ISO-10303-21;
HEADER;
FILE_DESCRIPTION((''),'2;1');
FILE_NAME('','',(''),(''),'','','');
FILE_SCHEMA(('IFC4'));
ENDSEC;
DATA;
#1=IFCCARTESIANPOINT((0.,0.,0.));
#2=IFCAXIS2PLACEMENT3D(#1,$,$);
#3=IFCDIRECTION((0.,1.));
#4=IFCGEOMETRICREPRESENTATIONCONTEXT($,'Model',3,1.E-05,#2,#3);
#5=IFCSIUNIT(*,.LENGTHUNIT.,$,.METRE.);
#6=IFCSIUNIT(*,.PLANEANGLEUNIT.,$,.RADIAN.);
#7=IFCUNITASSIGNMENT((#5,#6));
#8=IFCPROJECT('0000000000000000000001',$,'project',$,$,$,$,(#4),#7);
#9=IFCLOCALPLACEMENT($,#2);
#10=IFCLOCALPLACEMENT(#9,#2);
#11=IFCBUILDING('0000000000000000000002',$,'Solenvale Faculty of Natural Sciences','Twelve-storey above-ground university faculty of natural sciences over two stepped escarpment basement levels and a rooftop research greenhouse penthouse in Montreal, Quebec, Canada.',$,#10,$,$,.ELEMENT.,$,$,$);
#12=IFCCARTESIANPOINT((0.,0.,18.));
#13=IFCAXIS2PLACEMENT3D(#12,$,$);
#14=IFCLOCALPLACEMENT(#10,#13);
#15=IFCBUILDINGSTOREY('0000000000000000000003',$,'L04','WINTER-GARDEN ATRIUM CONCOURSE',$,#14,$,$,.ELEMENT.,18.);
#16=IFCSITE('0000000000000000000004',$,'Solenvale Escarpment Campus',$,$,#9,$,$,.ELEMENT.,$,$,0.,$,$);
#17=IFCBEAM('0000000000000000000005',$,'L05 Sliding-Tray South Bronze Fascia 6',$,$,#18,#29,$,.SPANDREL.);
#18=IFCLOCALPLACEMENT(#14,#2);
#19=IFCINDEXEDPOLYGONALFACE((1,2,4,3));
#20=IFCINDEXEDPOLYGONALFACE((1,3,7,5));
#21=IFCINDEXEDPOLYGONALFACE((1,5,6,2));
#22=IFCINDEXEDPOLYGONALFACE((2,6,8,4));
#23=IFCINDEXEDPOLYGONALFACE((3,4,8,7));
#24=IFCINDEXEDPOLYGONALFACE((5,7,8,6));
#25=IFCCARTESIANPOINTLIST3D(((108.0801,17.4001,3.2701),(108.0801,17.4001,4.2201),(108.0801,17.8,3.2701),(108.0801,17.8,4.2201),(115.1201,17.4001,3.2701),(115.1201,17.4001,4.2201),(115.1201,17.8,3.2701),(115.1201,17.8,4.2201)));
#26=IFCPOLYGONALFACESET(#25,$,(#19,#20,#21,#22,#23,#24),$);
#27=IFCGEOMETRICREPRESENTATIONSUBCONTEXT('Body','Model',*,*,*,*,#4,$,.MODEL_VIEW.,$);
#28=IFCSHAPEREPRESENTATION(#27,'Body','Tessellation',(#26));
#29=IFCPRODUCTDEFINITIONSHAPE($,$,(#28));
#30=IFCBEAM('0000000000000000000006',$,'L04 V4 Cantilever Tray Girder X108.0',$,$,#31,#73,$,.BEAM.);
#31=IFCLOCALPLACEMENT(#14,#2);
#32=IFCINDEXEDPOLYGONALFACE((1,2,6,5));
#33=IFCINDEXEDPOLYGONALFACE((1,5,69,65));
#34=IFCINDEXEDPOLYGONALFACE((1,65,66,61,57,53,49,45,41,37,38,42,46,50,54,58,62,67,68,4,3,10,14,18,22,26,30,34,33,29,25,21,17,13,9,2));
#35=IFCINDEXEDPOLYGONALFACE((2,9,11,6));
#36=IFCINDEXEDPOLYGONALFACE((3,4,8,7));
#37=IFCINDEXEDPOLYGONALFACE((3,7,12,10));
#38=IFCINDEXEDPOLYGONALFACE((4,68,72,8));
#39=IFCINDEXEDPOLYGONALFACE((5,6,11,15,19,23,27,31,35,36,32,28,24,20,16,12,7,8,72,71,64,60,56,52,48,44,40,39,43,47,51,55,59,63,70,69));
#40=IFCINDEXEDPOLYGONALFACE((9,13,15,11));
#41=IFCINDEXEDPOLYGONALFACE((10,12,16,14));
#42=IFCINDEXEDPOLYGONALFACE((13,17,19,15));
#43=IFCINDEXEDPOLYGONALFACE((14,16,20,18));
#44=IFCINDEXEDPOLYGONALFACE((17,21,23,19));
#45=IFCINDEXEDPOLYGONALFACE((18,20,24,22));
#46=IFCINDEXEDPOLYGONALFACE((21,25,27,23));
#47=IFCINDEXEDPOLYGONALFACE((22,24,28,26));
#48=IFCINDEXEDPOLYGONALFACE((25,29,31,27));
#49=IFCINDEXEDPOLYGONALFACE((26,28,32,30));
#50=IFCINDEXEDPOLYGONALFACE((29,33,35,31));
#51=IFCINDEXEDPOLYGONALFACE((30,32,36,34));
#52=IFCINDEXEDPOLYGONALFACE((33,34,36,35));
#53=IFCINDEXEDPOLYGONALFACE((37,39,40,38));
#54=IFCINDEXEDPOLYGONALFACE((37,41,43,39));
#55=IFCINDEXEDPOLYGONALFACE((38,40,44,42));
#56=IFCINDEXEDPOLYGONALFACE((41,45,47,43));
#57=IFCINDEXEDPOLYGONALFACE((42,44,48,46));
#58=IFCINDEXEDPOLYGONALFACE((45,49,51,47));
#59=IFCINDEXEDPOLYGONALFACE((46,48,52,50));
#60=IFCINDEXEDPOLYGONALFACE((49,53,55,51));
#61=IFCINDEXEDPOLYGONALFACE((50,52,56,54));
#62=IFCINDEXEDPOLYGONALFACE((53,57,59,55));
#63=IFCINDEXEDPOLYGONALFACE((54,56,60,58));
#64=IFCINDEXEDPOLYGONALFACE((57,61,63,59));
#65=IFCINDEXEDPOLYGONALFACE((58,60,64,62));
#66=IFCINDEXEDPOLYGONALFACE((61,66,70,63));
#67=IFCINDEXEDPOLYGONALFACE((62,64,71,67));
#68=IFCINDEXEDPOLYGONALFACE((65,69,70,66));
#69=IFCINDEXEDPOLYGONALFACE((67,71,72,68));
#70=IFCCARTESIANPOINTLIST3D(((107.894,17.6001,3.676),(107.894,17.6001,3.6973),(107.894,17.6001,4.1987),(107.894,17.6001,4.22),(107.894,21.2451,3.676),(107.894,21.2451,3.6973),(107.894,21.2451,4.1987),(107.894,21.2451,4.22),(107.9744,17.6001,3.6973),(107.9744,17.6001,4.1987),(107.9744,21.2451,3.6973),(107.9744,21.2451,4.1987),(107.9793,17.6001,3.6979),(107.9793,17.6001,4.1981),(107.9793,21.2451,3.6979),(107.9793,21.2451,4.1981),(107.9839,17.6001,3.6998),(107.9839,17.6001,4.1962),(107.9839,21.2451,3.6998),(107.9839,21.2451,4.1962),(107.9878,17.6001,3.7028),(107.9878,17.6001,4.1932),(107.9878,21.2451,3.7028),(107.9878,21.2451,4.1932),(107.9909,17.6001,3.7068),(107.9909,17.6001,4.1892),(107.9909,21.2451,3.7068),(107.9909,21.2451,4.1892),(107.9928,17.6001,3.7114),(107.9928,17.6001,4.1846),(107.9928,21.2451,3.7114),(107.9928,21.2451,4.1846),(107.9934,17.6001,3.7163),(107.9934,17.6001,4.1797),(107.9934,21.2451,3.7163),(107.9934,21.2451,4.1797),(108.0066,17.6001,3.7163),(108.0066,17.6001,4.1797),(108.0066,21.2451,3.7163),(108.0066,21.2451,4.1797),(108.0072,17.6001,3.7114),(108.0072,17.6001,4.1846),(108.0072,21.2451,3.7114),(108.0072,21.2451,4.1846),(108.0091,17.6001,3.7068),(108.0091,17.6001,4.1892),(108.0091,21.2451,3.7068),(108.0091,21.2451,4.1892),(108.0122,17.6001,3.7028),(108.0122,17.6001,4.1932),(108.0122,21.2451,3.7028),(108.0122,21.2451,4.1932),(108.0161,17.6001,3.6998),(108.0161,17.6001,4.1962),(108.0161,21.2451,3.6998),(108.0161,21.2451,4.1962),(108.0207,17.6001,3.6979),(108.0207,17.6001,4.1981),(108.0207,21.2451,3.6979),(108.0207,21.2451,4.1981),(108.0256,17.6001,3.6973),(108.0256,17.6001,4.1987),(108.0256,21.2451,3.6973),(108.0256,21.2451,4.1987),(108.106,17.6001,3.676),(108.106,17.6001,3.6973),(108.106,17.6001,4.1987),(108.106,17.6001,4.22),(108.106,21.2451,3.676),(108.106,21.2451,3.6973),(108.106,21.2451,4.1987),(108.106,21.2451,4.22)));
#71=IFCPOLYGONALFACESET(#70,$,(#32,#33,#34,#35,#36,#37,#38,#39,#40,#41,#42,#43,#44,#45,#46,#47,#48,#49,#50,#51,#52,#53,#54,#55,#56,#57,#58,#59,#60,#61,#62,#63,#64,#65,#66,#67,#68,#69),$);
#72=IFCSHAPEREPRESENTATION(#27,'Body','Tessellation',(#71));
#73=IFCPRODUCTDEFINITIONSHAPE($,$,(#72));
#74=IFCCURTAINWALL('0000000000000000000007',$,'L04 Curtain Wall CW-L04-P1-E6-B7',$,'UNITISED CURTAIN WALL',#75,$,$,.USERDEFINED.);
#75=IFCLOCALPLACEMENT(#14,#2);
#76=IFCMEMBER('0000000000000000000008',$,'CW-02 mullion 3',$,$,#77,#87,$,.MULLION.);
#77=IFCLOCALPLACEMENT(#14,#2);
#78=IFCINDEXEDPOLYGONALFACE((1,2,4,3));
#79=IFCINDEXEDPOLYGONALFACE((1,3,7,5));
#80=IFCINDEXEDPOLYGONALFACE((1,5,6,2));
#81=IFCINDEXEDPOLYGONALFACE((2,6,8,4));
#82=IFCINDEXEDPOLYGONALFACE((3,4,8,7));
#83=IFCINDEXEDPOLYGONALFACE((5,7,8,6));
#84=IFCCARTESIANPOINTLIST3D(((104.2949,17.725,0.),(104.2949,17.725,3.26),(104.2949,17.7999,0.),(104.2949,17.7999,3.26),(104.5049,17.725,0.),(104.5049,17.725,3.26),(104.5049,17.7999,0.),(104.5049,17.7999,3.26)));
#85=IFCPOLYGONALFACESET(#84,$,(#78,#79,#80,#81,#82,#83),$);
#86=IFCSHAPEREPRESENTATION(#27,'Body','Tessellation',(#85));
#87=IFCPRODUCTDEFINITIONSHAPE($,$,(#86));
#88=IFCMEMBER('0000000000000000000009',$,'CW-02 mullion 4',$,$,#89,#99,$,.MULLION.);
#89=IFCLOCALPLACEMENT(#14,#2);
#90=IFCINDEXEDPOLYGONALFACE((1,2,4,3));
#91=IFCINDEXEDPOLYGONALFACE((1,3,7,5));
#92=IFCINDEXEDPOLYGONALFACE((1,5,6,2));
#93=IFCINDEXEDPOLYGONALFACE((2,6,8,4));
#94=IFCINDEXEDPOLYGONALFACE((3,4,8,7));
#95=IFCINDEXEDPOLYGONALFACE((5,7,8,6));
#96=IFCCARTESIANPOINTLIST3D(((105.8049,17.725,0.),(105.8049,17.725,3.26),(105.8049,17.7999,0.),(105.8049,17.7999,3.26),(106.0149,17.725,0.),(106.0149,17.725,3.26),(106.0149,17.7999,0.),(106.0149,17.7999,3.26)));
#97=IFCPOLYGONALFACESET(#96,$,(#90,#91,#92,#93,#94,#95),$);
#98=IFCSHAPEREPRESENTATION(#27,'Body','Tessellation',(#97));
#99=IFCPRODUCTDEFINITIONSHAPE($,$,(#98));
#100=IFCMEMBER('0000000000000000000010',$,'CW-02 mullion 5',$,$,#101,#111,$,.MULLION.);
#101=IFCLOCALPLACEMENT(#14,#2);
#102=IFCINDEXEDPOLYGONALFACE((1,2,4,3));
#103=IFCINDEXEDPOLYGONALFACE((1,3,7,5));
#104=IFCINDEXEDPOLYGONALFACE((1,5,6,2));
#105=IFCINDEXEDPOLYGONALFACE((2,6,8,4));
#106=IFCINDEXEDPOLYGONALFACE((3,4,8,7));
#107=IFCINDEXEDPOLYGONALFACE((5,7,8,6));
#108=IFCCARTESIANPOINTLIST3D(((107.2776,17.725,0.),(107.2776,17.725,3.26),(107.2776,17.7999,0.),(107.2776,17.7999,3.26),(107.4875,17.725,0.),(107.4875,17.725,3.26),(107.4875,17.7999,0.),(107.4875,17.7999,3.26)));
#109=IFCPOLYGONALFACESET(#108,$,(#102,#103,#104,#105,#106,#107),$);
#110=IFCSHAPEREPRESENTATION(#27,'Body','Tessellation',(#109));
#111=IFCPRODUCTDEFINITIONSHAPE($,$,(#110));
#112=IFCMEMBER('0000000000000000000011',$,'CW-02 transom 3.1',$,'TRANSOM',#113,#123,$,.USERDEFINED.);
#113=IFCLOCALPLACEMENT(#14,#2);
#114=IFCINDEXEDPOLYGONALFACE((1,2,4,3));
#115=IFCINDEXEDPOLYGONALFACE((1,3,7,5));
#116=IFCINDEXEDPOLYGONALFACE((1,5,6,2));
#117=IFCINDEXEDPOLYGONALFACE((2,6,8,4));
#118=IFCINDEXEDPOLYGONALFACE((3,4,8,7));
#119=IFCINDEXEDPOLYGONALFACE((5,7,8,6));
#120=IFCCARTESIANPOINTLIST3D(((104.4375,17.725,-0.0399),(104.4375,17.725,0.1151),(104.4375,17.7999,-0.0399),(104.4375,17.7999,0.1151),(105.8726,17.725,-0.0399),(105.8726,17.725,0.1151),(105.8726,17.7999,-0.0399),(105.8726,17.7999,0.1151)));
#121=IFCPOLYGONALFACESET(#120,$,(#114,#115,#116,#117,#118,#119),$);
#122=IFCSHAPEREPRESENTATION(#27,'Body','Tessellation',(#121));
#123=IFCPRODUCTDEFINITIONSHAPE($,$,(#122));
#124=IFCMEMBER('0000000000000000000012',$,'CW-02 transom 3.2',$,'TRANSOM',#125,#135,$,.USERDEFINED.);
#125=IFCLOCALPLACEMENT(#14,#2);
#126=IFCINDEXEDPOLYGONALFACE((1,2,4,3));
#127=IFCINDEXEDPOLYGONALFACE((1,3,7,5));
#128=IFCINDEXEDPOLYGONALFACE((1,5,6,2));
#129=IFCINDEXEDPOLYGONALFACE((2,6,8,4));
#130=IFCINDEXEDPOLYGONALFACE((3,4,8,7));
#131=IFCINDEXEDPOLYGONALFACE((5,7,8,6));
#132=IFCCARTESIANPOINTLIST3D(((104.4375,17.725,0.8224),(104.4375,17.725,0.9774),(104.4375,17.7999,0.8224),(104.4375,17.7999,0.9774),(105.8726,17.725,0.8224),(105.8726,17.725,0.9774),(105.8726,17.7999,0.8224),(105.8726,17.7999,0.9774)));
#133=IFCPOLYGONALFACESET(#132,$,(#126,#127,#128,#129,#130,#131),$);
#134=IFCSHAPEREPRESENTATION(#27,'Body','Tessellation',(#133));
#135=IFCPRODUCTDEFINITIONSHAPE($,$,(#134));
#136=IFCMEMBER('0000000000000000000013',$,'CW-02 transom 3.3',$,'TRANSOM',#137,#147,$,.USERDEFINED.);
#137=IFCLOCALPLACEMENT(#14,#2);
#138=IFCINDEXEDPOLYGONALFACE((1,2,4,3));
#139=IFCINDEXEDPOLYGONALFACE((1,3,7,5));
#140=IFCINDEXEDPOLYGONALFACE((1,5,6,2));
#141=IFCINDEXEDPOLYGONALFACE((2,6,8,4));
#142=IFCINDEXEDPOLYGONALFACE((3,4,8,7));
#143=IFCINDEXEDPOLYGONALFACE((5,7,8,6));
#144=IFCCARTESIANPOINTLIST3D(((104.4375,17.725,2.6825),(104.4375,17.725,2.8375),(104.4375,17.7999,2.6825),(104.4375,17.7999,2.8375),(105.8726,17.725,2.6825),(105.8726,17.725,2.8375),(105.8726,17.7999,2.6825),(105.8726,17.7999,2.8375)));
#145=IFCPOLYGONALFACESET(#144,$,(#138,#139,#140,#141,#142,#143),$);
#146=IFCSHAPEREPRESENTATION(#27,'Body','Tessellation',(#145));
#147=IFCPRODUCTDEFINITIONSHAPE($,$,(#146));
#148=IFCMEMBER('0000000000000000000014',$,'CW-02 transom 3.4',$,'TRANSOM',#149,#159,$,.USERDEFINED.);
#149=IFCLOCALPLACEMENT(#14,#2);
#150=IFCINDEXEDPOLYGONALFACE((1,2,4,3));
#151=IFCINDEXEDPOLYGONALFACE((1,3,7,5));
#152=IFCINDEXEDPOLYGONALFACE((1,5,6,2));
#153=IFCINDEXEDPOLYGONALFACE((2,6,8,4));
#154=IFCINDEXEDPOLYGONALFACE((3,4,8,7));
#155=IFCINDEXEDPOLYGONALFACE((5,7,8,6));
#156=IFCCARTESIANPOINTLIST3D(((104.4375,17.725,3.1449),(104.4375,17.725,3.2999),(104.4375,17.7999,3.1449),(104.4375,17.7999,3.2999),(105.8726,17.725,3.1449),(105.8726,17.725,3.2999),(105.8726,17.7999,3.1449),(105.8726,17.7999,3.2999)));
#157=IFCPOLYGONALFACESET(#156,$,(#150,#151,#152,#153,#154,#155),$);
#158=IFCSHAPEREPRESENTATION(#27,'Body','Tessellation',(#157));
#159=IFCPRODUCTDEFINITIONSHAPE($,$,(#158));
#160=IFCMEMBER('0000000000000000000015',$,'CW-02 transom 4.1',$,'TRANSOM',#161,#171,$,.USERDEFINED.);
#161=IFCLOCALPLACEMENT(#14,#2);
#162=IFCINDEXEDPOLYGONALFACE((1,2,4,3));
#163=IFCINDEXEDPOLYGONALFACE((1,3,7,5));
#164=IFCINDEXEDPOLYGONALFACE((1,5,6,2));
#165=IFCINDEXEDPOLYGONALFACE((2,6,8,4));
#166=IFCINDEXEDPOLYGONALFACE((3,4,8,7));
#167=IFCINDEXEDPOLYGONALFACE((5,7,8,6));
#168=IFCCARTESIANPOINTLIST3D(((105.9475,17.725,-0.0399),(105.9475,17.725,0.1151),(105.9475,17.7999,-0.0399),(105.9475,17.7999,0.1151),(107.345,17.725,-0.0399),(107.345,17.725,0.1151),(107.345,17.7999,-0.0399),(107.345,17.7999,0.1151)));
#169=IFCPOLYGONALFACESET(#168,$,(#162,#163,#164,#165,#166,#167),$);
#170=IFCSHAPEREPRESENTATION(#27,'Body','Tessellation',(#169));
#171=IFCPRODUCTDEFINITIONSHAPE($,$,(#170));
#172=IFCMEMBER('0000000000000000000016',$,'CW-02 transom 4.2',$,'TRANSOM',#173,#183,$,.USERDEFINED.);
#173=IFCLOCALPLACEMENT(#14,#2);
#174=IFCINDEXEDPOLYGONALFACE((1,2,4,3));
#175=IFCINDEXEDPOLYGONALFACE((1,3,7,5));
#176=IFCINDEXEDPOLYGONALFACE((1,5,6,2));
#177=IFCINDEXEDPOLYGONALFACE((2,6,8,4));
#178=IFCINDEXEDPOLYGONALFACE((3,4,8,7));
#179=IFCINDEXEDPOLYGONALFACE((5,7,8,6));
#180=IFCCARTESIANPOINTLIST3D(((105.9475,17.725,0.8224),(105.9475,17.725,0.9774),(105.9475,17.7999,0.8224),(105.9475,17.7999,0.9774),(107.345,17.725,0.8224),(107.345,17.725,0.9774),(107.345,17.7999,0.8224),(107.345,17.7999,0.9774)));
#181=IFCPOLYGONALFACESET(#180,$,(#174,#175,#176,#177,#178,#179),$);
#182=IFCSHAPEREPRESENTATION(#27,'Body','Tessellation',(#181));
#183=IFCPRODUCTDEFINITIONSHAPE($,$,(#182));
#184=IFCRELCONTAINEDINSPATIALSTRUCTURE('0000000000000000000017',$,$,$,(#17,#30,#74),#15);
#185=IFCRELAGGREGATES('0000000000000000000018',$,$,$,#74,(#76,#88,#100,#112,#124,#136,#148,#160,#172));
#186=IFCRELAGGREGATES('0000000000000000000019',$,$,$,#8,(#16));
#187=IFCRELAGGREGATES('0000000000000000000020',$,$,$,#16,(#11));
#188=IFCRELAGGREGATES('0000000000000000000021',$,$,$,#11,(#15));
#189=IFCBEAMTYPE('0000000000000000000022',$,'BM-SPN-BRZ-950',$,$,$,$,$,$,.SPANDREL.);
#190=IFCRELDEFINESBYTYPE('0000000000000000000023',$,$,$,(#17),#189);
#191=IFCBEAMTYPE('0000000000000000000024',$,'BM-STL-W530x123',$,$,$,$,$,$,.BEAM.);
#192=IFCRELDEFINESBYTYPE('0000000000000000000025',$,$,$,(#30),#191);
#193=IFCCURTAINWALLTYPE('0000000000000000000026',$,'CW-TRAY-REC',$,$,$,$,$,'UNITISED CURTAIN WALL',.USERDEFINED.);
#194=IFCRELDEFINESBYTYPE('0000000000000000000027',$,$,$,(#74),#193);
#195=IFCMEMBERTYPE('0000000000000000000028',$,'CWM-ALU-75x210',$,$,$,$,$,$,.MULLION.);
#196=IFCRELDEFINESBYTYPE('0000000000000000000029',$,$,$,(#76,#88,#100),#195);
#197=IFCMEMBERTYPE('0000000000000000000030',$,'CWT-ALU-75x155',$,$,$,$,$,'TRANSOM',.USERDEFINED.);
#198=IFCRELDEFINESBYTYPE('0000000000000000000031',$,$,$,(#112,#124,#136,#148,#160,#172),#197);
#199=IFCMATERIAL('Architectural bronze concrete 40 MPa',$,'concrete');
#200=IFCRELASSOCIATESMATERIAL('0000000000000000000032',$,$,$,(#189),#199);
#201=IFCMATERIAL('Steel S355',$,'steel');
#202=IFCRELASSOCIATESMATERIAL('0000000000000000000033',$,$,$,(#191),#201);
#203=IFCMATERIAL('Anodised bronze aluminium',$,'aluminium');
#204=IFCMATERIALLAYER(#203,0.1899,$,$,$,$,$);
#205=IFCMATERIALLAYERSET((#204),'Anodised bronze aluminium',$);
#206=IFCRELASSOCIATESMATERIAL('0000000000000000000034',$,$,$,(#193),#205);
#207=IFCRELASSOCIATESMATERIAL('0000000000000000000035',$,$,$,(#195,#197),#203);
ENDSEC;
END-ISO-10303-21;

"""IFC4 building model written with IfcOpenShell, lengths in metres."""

from ifc_helpers import new_model, si_unit, direction, frame, origin, origin_2d, place, context, subcontext, project, spatial, rectangle, i_section, extrude, material, layer, layer_set, material_profile, profile_set, type_object, element, aggregate, save


model = new_model("IFC4")

# Units and contexts
model_context = context("Model", 3, precision=1e-05, world=origin(), true_north=direction((0.0, 1.0)))
body_context = subcontext(model_context, "Body", "Model", "MODEL_VIEW")
ifc_project = project(units=[si_unit("LENGTHUNIT", "METRE"), si_unit("PLANEANGLEUNIT", "RADIAN")], contexts=[model_context])

# Site, building, storey
site_placement = place(None, origin())
site = spatial("IfcSite", under=ifc_project, at=site_placement, Name="Solenvale Escarpment Campus", CompositionType="ELEMENT", RefElevation=0.0)
building_placement = place(site_placement, origin())
building = spatial("IfcBuilding", under=site, at=building_placement, Name="Solenvale Faculty of Natural Sciences", Description="Twelve-storey above-ground university faculty of natural sciences over two stepped escarpment basement levels and a rooftop research greenhouse penthouse in Montreal, Quebec, Canada.", CompositionType="ELEMENT")
storey_placement = place(building_placement, frame((0.0, 0.0, 18.0)))
storey = spatial("IfcBuildingStorey", under=building, at=storey_placement, Name="L04", Description="WINTER-GARDEN ATRIUM CONCOURSE", CompositionType="ELEMENT", Elevation=18.0)

# Beams
ifc_material_1 = material(Name="Architectural bronze concrete 40 MPa", Category="concrete")
ifc_material_profile_1 = material_profile(ifc_material_1, rectangle(XDim=0.3999, YDim=0.95, at=origin_2d()), Name="RC-SPN-400x950")
ifc_profile_set_1 = profile_set([ifc_material_profile_1], Name="Architectural bronze concrete 40 MPa")
beam_type_1 = type_object("IfcBeamType", Name="BM-SPN-BRZ-950", PredefinedType="SPANDREL", material=ifc_profile_set_1)
beam_1_placement = place(storey_placement, frame((108.0801, 17.6001, 3.7451), z_axis=(1.0, 0.0, 0.0), x_axis=(0.0, 1.0, 0.0)))
element("IfcBeam", 1, at=beam_1_placement, inside=storey, type_object=beam_type_1, Name="L05 Sliding-Tray South Bronze Fascia 6", PredefinedType="SPANDREL", context=body_context, shape_type="SweptSolid", body=[
    extrude(rectangle(XDim=0.3999, YDim=0.95, at=origin_2d()), origin(), (0.0, 0.0, 1.0), 7.04),
])
ifc_material_2 = material(Name="Steel S355", Category="steel")
ifc_material_profile_2 = material_profile(ifc_material_2, i_section(OverallWidth=0.2119, OverallDepth=0.5439, WebThickness=0.0132, FlangeThickness=0.0212, FilletRadius=0.019, at=origin_2d()), Name="W530x123")
ifc_profile_set_2 = profile_set([ifc_material_profile_2], Name="Steel S355")
beam_type_2 = type_object("IfcBeamType", Name="BM-STL-W530x123", PredefinedType="BEAM", material=ifc_profile_set_2)
beam_2_placement = place(storey_placement, frame((108.0, 21.2451, 3.948), z_axis=(0.0, -1.0, 0.0), x_axis=(1.0, 0.0, 0.0)))
element("IfcBeam", 2, at=beam_2_placement, inside=storey, type_object=beam_type_2, Name="L04 V4 Cantilever Tray Girder X108.0", PredefinedType="BEAM", context=body_context, shape_type="SweptSolid", body=[
    extrude(i_section(OverallWidth=0.2119, OverallDepth=0.5439, WebThickness=0.0132, FlangeThickness=0.0212, FilletRadius=0.019, at=origin_2d()), origin(), (0.0, 0.0, 1.0), 3.645),
])

# Curtain wall, members
ifc_material_3 = material(Name="Anodised bronze aluminium", Category="aluminium")
ifc_layer_1 = layer(ifc_material_3, 0.1899)
ifc_layer_set_1 = layer_set([ifc_layer_1], Name="Anodised bronze aluminium")
curtain_wall_type = type_object("IfcCurtainWallType", Name="CW-TRAY-REC", ElementType="UNITISED CURTAIN WALL", PredefinedType="USERDEFINED", material=ifc_layer_set_1)
curtain_wall_placement = place(storey_placement, origin())
curtain_wall = element("IfcCurtainWall", 3, at=curtain_wall_placement, inside=storey, type_object=curtain_wall_type, Name="L04 Curtain Wall CW-L04-P1-E6-B7", ObjectType="UNITISED CURTAIN WALL", PredefinedType="USERDEFINED")
ifc_material_profile_3 = material_profile(ifc_material_3, rectangle(XDim=0.075, YDim=0.21, at=origin_2d()), Name="ALU-MUL-75x210")
ifc_profile_set_3 = profile_set([ifc_material_profile_3], Name="Anodised bronze aluminium")
member_type_1 = type_object("IfcMemberType", Name="CWM-ALU-75x210", PredefinedType="MULLION", material=ifc_profile_set_3)
member_1_placement = place(storey_placement, frame((104.3999, 17.7625, 0.0), z_axis=(0.0, 0.0, 1.0), x_axis=(0.0, 1.0, 0.0)))
member_1 = element("IfcMember", 4, at=member_1_placement, type_object=member_type_1, Name="CW-02 mullion 3", PredefinedType="MULLION", context=body_context, shape_type="SweptSolid", body=[
    extrude(rectangle(XDim=0.075, YDim=0.21, at=origin_2d()), origin(), (0.0, 0.0, 1.0), 3.26),
])
member_2_placement = place(storey_placement, frame((105.9099, 17.7625, 0.0), z_axis=(0.0, 0.0, 1.0), x_axis=(0.0, 1.0, 0.0)))
member_2 = element("IfcMember", 5, at=member_2_placement, type_object=member_type_1, Name="CW-02 mullion 4", PredefinedType="MULLION", context=body_context, shape_type="SweptSolid", body=[
    extrude(rectangle(XDim=0.075, YDim=0.21, at=origin_2d()), origin(), (0.0, 0.0, 1.0), 3.26),
])
member_3_placement = place(storey_placement, frame((107.3826, 17.7625, 0.0), z_axis=(0.0, 0.0, 1.0), x_axis=(0.0, 1.0, 0.0)))
member_3 = element("IfcMember", 6, at=member_3_placement, type_object=member_type_1, Name="CW-02 mullion 5", PredefinedType="MULLION", context=body_context, shape_type="SweptSolid", body=[
    extrude(rectangle(XDim=0.075, YDim=0.21, at=origin_2d()), origin(), (0.0, 0.0, 1.0), 3.26),
])
ifc_material_profile_4 = material_profile(ifc_material_3, rectangle(XDim=0.075, YDim=0.155, at=origin_2d()), Name="ALU-TRN-75x155")
ifc_profile_set_4 = profile_set([ifc_material_profile_4], Name="Anodised bronze aluminium")
member_type_2 = type_object("IfcMemberType", Name="CWT-ALU-75x155", ElementType="TRANSOM", PredefinedType="USERDEFINED", material=ifc_profile_set_4)
member_4_placement = place(storey_placement, frame((104.4375, 17.7625, 0.0376), z_axis=(1.0, 0.0, 0.0), x_axis=(0.0, 1.0, 0.0)))
member_4 = element("IfcMember", 7, at=member_4_placement, type_object=member_type_2, Name="CW-02 transom 3.1", ObjectType="TRANSOM", PredefinedType="USERDEFINED", context=body_context, shape_type="SweptSolid", body=[
    extrude(rectangle(XDim=0.075, YDim=0.155, at=origin_2d()), origin(), (0.0, 0.0, 1.0), 1.4351),
])
member_5_placement = place(storey_placement, frame((104.4375, 17.7625, 0.8999), z_axis=(1.0, 0.0, 0.0), x_axis=(0.0, 1.0, 0.0)))
member_5 = element("IfcMember", 8, at=member_5_placement, type_object=member_type_2, Name="CW-02 transom 3.2", ObjectType="TRANSOM", PredefinedType="USERDEFINED", context=body_context, shape_type="SweptSolid", body=[
    extrude(rectangle(XDim=0.075, YDim=0.155, at=origin_2d()), origin(), (0.0, 0.0, 1.0), 1.4351),
])
member_6_placement = place(storey_placement, frame((104.4375, 17.7625, 2.76), z_axis=(1.0, 0.0, 0.0), x_axis=(0.0, 1.0, 0.0)))
member_6 = element("IfcMember", 9, at=member_6_placement, type_object=member_type_2, Name="CW-02 transom 3.3", ObjectType="TRANSOM", PredefinedType="USERDEFINED", context=body_context, shape_type="SweptSolid", body=[
    extrude(rectangle(XDim=0.075, YDim=0.155, at=origin_2d()), origin(), (0.0, 0.0, 1.0), 1.4351),
])
member_7_placement = place(storey_placement, frame((104.4375, 17.7625, 3.2224), z_axis=(1.0, 0.0, 0.0), x_axis=(0.0, 1.0, 0.0)))
member_7 = element("IfcMember", 10, at=member_7_placement, type_object=member_type_2, Name="CW-02 transom 3.4", ObjectType="TRANSOM", PredefinedType="USERDEFINED", context=body_context, shape_type="SweptSolid", body=[
    extrude(rectangle(XDim=0.075, YDim=0.155, at=origin_2d()), origin(), (0.0, 0.0, 1.0), 1.4351),
])
member_8_placement = place(storey_placement, frame((105.9475, 17.7625, 0.0376), z_axis=(1.0, 0.0, 0.0), x_axis=(0.0, 1.0, 0.0)))
member_8 = element("IfcMember", 11, at=member_8_placement, type_object=member_type_2, Name="CW-02 transom 4.1", ObjectType="TRANSOM", PredefinedType="USERDEFINED", context=body_context, shape_type="SweptSolid", body=[
    extrude(rectangle(XDim=0.075, YDim=0.155, at=origin_2d()), origin(), (0.0, 0.0, 1.0), 1.3975),
])
member_9_placement = place(storey_placement, frame((105.9475, 17.7625, 0.8999), z_axis=(1.0, 0.0, 0.0), x_axis=(0.0, 1.0, 0.0)))
member_9 = element("IfcMember", 12, at=member_9_placement, type_object=member_type_2, Name="CW-02 transom 4.2", ObjectType="TRANSOM", PredefinedType="USERDEFINED", context=body_context, shape_type="SweptSolid", body=[
    extrude(rectangle(XDim=0.075, YDim=0.155, at=origin_2d()), origin(), (0.0, 0.0, 1.0), 1.3975),
])
aggregate(curtain_wall, [member_1, member_2, member_3, member_4, member_5, member_6, member_7, member_8, member_9])

save(model, "model.ifc")
